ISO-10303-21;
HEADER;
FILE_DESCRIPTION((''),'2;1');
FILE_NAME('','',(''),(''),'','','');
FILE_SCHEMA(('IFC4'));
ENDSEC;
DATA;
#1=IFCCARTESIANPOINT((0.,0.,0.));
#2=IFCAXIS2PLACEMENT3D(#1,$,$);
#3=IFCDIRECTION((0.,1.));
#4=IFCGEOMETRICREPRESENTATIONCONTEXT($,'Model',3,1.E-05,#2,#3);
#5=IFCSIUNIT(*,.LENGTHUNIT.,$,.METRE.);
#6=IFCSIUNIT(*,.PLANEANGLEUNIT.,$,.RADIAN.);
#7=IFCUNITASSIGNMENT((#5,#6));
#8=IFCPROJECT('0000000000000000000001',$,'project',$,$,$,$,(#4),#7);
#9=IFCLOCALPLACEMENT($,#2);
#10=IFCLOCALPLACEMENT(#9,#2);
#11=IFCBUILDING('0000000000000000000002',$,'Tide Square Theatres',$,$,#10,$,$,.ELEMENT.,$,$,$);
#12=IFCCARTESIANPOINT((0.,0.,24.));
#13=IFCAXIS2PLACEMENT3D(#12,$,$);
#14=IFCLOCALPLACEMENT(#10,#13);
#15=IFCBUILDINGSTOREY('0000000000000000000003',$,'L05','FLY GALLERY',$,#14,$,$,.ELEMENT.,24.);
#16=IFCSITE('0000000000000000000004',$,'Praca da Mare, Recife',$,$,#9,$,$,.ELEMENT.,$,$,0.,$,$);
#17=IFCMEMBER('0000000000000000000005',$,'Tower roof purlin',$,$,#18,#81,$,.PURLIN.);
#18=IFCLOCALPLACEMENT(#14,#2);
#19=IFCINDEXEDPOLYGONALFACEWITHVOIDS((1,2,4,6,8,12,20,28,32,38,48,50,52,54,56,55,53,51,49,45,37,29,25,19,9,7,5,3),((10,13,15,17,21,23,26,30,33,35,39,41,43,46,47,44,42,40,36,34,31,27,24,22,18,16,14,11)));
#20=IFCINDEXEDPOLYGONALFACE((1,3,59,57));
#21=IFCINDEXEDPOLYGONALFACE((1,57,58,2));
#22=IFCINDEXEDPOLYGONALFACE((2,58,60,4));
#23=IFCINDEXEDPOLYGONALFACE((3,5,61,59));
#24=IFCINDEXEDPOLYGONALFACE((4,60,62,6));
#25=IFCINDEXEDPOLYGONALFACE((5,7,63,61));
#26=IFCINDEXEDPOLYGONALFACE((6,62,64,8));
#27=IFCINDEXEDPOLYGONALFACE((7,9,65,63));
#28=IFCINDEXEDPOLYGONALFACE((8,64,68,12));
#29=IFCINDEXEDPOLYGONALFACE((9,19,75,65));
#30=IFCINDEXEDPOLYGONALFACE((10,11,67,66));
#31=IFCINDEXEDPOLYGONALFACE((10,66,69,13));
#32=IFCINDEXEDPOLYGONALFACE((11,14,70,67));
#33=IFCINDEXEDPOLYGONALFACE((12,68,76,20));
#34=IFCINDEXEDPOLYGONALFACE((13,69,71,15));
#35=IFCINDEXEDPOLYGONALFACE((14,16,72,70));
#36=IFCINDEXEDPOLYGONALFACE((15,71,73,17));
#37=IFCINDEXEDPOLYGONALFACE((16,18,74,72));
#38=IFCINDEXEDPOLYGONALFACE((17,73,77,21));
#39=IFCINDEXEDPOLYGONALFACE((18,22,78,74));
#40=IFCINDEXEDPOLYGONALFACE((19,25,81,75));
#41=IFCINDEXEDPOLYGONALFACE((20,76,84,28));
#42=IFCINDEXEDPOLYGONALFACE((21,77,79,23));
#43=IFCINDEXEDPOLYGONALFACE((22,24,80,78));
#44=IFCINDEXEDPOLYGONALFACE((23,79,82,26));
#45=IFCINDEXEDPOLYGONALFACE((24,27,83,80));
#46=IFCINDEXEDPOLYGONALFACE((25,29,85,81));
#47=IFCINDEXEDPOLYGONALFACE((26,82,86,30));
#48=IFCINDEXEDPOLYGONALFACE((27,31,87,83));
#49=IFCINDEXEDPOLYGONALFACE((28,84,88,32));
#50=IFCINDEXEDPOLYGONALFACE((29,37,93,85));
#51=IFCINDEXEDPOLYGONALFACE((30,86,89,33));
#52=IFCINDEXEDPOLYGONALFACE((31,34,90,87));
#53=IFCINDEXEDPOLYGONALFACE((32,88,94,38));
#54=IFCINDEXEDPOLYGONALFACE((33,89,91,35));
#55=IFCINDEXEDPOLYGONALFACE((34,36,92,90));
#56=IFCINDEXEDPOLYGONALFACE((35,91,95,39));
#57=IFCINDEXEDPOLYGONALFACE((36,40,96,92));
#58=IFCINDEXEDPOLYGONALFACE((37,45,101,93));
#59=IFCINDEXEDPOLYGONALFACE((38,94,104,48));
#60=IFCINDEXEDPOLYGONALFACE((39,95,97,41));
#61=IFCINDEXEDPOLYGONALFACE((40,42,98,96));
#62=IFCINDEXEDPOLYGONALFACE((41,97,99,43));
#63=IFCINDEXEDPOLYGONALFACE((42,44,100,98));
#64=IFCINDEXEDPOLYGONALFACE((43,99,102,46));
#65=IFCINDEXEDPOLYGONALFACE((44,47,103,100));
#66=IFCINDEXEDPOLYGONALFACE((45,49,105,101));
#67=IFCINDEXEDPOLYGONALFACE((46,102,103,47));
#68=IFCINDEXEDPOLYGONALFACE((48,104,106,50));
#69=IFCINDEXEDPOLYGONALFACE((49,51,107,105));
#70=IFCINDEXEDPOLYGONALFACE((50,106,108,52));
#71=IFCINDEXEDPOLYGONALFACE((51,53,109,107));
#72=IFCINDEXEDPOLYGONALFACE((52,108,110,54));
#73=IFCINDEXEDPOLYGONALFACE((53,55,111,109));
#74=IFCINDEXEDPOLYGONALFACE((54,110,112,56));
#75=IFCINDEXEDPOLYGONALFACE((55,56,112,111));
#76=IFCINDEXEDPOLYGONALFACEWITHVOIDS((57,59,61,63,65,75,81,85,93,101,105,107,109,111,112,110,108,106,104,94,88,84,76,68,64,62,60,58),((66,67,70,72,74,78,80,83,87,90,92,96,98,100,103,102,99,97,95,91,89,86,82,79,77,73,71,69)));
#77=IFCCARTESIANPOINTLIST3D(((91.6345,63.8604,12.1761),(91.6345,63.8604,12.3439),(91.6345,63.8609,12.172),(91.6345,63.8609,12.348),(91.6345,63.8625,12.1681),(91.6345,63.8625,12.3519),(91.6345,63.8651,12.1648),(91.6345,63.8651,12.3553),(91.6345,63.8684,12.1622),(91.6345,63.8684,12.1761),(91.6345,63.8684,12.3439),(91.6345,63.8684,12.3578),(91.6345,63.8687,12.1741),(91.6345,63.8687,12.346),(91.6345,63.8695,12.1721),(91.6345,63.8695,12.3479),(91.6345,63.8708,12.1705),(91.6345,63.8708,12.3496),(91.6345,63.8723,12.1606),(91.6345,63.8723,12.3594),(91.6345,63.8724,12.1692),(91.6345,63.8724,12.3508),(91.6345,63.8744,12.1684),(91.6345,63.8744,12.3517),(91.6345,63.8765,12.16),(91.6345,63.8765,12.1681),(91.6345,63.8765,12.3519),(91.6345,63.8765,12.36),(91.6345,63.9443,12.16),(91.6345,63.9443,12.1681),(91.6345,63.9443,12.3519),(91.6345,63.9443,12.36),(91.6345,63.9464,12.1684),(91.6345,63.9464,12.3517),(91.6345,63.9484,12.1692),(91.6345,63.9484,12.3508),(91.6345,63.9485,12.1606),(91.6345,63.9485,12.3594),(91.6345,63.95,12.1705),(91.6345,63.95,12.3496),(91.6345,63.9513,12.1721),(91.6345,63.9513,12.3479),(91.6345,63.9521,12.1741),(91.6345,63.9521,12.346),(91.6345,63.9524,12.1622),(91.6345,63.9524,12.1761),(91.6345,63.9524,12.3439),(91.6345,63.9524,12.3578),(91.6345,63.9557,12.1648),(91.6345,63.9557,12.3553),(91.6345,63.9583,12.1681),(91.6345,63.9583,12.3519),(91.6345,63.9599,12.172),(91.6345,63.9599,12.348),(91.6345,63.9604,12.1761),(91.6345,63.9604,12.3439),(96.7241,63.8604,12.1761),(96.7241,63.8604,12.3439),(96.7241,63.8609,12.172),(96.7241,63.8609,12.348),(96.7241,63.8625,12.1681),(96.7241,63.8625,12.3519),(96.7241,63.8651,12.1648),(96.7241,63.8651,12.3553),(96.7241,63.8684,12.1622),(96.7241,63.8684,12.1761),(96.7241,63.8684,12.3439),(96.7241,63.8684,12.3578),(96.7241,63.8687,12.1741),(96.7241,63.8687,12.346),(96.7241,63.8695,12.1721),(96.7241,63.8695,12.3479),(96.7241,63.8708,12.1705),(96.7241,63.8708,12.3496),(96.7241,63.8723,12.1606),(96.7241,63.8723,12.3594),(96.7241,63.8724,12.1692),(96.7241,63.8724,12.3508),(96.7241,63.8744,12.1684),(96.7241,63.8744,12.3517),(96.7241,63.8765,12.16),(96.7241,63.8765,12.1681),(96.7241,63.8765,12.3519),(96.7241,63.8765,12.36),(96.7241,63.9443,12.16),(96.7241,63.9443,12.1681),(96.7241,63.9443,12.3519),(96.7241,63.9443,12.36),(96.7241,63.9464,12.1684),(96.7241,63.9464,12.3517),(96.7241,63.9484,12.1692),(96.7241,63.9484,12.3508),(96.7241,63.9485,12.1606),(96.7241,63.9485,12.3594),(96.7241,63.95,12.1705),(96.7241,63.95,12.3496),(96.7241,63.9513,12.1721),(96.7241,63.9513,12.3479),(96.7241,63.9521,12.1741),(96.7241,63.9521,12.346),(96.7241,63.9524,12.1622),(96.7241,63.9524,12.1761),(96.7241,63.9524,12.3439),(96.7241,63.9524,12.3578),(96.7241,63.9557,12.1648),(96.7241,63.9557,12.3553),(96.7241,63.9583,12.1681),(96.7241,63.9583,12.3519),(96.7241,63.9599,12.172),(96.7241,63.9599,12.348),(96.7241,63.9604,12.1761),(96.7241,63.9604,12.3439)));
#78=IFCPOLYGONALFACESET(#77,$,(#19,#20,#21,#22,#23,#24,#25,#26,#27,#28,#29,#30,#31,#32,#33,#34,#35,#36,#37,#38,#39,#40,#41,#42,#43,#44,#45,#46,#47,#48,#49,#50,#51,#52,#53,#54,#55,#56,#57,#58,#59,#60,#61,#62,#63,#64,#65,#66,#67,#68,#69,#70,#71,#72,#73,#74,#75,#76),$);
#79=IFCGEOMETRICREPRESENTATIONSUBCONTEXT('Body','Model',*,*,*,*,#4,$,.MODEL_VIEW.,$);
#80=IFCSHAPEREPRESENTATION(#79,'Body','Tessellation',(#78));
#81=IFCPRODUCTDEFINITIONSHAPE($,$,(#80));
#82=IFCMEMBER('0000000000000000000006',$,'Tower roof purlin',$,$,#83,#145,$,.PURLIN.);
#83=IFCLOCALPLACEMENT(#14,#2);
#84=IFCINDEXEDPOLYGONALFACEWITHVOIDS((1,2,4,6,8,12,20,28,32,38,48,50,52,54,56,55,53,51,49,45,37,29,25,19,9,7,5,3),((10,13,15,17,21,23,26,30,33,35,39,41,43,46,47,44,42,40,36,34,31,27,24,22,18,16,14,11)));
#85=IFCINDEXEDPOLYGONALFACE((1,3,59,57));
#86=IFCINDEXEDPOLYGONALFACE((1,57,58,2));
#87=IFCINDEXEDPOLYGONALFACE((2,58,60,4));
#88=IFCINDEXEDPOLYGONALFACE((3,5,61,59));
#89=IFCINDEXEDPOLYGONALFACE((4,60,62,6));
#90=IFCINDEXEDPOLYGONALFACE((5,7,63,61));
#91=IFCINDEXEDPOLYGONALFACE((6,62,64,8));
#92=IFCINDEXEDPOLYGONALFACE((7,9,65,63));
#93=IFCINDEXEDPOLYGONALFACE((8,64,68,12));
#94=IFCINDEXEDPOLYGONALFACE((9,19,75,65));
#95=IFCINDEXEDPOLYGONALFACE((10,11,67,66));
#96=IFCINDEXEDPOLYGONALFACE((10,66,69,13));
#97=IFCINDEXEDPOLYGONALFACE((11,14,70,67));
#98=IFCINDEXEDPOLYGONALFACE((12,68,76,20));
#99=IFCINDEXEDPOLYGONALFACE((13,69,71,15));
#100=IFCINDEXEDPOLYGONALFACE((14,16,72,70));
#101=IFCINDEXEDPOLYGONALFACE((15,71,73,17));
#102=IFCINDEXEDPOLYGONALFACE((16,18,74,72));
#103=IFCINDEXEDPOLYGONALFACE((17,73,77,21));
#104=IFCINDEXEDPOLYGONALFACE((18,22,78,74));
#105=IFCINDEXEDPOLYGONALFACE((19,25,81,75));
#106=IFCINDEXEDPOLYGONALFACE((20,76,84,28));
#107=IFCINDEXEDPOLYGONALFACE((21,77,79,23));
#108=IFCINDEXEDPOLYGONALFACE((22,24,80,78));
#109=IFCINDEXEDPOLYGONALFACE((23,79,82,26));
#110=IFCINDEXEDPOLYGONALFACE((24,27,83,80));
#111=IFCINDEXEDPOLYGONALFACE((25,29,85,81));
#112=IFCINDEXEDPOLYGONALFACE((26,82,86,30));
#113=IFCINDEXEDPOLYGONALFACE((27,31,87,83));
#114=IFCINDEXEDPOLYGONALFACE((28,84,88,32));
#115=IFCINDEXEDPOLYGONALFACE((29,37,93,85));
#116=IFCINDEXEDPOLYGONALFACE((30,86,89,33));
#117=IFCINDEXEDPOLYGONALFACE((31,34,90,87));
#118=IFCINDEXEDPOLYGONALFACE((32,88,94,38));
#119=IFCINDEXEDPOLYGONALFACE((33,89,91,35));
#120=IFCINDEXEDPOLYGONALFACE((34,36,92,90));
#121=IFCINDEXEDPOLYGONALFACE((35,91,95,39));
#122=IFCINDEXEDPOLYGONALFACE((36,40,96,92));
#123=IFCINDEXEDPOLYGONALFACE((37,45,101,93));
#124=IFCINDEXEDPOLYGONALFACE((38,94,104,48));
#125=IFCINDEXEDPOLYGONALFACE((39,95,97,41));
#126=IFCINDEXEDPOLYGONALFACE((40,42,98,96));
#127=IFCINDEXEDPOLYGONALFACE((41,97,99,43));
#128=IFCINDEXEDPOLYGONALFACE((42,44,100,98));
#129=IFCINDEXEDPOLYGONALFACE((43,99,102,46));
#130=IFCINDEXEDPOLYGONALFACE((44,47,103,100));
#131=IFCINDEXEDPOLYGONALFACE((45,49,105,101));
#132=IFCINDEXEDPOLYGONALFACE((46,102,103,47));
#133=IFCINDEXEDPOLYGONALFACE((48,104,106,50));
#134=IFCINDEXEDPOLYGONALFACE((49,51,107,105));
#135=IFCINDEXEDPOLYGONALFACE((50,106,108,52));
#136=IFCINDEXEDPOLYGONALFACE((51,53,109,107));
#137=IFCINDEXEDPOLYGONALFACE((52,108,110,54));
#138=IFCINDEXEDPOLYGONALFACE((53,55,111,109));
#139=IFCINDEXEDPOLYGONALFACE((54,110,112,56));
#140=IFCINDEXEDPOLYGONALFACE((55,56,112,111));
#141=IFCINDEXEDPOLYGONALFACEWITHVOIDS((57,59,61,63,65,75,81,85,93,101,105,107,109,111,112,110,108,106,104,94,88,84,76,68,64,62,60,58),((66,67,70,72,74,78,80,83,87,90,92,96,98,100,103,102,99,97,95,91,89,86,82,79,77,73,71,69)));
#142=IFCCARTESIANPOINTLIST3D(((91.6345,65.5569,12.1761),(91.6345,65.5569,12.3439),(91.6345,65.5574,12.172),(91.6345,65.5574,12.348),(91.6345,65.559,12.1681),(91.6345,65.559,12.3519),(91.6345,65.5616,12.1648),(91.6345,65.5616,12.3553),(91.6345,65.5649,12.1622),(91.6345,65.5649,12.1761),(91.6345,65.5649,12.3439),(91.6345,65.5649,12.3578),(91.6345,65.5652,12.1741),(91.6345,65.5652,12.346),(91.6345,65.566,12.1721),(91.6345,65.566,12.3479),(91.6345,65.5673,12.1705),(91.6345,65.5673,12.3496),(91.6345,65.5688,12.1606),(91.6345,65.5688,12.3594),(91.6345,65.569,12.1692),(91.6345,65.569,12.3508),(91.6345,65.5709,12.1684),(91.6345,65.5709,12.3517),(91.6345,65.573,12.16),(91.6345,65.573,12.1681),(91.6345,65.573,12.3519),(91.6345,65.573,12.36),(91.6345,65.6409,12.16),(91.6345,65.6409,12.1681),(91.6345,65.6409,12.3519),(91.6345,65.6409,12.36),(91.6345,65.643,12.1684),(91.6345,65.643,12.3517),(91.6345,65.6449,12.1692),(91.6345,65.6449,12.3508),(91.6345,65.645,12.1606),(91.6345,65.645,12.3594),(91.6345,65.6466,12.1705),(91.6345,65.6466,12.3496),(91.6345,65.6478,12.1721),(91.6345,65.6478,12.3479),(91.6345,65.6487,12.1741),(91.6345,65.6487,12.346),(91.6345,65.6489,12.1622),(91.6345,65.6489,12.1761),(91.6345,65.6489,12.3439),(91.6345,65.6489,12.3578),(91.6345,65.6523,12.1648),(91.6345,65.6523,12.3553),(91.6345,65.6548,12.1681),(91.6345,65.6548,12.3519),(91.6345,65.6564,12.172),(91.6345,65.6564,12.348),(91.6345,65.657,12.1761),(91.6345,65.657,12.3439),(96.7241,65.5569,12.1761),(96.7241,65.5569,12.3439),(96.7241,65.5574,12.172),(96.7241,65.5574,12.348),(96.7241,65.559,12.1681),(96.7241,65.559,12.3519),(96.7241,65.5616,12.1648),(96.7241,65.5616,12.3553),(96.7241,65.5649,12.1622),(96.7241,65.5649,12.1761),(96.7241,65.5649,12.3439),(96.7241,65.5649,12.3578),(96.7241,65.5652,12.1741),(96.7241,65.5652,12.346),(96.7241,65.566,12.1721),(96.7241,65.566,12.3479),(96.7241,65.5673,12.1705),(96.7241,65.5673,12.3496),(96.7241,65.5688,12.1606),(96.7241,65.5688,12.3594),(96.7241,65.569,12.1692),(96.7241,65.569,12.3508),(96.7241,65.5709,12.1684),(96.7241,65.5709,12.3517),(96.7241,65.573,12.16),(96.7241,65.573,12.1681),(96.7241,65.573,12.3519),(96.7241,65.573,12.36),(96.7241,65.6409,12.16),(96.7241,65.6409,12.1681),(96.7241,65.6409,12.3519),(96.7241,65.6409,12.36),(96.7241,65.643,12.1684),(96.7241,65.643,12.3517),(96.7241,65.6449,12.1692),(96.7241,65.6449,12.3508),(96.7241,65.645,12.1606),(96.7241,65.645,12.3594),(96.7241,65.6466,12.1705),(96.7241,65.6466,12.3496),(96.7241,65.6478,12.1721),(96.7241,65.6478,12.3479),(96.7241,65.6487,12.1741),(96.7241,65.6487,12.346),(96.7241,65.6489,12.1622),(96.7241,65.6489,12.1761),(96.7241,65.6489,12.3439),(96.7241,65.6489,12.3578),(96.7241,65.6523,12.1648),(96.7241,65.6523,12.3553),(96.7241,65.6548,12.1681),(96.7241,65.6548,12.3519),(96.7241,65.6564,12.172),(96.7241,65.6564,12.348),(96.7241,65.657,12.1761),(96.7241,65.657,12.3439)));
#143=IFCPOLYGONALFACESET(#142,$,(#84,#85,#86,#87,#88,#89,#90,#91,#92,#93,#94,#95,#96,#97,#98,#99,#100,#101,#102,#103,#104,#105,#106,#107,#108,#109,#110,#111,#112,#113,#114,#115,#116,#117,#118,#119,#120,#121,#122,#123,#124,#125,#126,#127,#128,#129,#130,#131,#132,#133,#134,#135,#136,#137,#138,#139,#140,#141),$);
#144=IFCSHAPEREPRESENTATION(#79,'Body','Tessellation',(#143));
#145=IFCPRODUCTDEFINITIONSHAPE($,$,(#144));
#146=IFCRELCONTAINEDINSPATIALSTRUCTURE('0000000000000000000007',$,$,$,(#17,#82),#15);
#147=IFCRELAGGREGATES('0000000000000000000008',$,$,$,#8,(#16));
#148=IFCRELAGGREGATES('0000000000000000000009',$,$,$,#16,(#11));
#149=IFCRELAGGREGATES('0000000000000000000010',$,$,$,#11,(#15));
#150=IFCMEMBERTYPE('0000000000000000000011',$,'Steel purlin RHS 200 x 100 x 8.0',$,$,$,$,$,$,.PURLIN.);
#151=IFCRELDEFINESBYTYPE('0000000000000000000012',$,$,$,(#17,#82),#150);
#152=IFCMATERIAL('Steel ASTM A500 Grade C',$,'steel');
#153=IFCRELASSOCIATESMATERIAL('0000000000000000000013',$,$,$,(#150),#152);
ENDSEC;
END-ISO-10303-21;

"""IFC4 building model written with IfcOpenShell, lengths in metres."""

from ifc_helpers import new_model, si_unit, direction, frame, origin, origin_2d, place, context, subcontext, project, spatial, hollow_rectangle, extrude, material, material_profile, profile_set, type_object, element, save


model = new_model("IFC4")

# Units and contexts
model_context = context("Model", 3, precision=1e-05, world=origin(), true_north=direction((0.0, 1.0)))
body_context = subcontext(model_context, "Body", "Model", "MODEL_VIEW")
ifc_project = project(units=[si_unit("LENGTHUNIT", "METRE"), si_unit("PLANEANGLEUNIT", "RADIAN")], contexts=[model_context])

# Site, building, storey
site_placement = place(None, origin())
site = spatial("IfcSite", under=ifc_project, at=site_placement, Name="Praca da Mare, Recife", CompositionType="ELEMENT", RefElevation=0.0)
building_placement = place(site_placement, origin())
building = spatial("IfcBuilding", under=site, at=building_placement, Name="Tide Square Theatres", CompositionType="ELEMENT")
storey_placement = place(building_placement, frame((0.0, 0.0, 24.0)))
storey = spatial("IfcBuildingStorey", under=building, at=storey_placement, Name="L05", Description="FLY GALLERY", CompositionType="ELEMENT", Elevation=24.0)

# Members
ifc_material_1 = material(Name="Steel ASTM A500 Grade C", Category="steel")
ifc_material_profile_1 = material_profile(ifc_material_1, hollow_rectangle(XDim=0.1001, YDim=0.2, WallThickness=0.0081, InnerFilletRadius=0.0081, OuterFilletRadius=0.0161, at=origin_2d()))
ifc_profile_set_1 = profile_set([ifc_material_profile_1], Name="Steel ASTM A500 Grade C")
member_type = type_object("IfcMemberType", Name="Steel purlin RHS 200 x 100 x 8.0", PredefinedType="PURLIN", material=ifc_profile_set_1)
for number, where, z_axis, x_axis, name in (
    (1, (91.6345, 63.9104, 12.26), (1.0, 0.0, 0.0), (0.0, 1.0, 0.0), "Tower roof purlin"),
    (2, (91.6345, 65.6069, 12.26), (1.0, 0.0, 0.0), (0.0, 1.0, 0.0), "Tower roof purlin"),
):
    element("IfcMember", number, at=place(storey_placement, frame(where, z_axis=z_axis, x_axis=x_axis)), inside=storey, type_object=member_type, Name=name, PredefinedType="PURLIN", context=body_context, shape_type="SweptSolid", body=[
        extrude(hollow_rectangle(XDim=0.1001, YDim=0.2, WallThickness=0.0081, InnerFilletRadius=0.0081, OuterFilletRadius=0.0161, at=origin_2d()), origin(), (0.0, 0.0, 1.0), 5.0896),
    ])

save(model, "model.ifc")
